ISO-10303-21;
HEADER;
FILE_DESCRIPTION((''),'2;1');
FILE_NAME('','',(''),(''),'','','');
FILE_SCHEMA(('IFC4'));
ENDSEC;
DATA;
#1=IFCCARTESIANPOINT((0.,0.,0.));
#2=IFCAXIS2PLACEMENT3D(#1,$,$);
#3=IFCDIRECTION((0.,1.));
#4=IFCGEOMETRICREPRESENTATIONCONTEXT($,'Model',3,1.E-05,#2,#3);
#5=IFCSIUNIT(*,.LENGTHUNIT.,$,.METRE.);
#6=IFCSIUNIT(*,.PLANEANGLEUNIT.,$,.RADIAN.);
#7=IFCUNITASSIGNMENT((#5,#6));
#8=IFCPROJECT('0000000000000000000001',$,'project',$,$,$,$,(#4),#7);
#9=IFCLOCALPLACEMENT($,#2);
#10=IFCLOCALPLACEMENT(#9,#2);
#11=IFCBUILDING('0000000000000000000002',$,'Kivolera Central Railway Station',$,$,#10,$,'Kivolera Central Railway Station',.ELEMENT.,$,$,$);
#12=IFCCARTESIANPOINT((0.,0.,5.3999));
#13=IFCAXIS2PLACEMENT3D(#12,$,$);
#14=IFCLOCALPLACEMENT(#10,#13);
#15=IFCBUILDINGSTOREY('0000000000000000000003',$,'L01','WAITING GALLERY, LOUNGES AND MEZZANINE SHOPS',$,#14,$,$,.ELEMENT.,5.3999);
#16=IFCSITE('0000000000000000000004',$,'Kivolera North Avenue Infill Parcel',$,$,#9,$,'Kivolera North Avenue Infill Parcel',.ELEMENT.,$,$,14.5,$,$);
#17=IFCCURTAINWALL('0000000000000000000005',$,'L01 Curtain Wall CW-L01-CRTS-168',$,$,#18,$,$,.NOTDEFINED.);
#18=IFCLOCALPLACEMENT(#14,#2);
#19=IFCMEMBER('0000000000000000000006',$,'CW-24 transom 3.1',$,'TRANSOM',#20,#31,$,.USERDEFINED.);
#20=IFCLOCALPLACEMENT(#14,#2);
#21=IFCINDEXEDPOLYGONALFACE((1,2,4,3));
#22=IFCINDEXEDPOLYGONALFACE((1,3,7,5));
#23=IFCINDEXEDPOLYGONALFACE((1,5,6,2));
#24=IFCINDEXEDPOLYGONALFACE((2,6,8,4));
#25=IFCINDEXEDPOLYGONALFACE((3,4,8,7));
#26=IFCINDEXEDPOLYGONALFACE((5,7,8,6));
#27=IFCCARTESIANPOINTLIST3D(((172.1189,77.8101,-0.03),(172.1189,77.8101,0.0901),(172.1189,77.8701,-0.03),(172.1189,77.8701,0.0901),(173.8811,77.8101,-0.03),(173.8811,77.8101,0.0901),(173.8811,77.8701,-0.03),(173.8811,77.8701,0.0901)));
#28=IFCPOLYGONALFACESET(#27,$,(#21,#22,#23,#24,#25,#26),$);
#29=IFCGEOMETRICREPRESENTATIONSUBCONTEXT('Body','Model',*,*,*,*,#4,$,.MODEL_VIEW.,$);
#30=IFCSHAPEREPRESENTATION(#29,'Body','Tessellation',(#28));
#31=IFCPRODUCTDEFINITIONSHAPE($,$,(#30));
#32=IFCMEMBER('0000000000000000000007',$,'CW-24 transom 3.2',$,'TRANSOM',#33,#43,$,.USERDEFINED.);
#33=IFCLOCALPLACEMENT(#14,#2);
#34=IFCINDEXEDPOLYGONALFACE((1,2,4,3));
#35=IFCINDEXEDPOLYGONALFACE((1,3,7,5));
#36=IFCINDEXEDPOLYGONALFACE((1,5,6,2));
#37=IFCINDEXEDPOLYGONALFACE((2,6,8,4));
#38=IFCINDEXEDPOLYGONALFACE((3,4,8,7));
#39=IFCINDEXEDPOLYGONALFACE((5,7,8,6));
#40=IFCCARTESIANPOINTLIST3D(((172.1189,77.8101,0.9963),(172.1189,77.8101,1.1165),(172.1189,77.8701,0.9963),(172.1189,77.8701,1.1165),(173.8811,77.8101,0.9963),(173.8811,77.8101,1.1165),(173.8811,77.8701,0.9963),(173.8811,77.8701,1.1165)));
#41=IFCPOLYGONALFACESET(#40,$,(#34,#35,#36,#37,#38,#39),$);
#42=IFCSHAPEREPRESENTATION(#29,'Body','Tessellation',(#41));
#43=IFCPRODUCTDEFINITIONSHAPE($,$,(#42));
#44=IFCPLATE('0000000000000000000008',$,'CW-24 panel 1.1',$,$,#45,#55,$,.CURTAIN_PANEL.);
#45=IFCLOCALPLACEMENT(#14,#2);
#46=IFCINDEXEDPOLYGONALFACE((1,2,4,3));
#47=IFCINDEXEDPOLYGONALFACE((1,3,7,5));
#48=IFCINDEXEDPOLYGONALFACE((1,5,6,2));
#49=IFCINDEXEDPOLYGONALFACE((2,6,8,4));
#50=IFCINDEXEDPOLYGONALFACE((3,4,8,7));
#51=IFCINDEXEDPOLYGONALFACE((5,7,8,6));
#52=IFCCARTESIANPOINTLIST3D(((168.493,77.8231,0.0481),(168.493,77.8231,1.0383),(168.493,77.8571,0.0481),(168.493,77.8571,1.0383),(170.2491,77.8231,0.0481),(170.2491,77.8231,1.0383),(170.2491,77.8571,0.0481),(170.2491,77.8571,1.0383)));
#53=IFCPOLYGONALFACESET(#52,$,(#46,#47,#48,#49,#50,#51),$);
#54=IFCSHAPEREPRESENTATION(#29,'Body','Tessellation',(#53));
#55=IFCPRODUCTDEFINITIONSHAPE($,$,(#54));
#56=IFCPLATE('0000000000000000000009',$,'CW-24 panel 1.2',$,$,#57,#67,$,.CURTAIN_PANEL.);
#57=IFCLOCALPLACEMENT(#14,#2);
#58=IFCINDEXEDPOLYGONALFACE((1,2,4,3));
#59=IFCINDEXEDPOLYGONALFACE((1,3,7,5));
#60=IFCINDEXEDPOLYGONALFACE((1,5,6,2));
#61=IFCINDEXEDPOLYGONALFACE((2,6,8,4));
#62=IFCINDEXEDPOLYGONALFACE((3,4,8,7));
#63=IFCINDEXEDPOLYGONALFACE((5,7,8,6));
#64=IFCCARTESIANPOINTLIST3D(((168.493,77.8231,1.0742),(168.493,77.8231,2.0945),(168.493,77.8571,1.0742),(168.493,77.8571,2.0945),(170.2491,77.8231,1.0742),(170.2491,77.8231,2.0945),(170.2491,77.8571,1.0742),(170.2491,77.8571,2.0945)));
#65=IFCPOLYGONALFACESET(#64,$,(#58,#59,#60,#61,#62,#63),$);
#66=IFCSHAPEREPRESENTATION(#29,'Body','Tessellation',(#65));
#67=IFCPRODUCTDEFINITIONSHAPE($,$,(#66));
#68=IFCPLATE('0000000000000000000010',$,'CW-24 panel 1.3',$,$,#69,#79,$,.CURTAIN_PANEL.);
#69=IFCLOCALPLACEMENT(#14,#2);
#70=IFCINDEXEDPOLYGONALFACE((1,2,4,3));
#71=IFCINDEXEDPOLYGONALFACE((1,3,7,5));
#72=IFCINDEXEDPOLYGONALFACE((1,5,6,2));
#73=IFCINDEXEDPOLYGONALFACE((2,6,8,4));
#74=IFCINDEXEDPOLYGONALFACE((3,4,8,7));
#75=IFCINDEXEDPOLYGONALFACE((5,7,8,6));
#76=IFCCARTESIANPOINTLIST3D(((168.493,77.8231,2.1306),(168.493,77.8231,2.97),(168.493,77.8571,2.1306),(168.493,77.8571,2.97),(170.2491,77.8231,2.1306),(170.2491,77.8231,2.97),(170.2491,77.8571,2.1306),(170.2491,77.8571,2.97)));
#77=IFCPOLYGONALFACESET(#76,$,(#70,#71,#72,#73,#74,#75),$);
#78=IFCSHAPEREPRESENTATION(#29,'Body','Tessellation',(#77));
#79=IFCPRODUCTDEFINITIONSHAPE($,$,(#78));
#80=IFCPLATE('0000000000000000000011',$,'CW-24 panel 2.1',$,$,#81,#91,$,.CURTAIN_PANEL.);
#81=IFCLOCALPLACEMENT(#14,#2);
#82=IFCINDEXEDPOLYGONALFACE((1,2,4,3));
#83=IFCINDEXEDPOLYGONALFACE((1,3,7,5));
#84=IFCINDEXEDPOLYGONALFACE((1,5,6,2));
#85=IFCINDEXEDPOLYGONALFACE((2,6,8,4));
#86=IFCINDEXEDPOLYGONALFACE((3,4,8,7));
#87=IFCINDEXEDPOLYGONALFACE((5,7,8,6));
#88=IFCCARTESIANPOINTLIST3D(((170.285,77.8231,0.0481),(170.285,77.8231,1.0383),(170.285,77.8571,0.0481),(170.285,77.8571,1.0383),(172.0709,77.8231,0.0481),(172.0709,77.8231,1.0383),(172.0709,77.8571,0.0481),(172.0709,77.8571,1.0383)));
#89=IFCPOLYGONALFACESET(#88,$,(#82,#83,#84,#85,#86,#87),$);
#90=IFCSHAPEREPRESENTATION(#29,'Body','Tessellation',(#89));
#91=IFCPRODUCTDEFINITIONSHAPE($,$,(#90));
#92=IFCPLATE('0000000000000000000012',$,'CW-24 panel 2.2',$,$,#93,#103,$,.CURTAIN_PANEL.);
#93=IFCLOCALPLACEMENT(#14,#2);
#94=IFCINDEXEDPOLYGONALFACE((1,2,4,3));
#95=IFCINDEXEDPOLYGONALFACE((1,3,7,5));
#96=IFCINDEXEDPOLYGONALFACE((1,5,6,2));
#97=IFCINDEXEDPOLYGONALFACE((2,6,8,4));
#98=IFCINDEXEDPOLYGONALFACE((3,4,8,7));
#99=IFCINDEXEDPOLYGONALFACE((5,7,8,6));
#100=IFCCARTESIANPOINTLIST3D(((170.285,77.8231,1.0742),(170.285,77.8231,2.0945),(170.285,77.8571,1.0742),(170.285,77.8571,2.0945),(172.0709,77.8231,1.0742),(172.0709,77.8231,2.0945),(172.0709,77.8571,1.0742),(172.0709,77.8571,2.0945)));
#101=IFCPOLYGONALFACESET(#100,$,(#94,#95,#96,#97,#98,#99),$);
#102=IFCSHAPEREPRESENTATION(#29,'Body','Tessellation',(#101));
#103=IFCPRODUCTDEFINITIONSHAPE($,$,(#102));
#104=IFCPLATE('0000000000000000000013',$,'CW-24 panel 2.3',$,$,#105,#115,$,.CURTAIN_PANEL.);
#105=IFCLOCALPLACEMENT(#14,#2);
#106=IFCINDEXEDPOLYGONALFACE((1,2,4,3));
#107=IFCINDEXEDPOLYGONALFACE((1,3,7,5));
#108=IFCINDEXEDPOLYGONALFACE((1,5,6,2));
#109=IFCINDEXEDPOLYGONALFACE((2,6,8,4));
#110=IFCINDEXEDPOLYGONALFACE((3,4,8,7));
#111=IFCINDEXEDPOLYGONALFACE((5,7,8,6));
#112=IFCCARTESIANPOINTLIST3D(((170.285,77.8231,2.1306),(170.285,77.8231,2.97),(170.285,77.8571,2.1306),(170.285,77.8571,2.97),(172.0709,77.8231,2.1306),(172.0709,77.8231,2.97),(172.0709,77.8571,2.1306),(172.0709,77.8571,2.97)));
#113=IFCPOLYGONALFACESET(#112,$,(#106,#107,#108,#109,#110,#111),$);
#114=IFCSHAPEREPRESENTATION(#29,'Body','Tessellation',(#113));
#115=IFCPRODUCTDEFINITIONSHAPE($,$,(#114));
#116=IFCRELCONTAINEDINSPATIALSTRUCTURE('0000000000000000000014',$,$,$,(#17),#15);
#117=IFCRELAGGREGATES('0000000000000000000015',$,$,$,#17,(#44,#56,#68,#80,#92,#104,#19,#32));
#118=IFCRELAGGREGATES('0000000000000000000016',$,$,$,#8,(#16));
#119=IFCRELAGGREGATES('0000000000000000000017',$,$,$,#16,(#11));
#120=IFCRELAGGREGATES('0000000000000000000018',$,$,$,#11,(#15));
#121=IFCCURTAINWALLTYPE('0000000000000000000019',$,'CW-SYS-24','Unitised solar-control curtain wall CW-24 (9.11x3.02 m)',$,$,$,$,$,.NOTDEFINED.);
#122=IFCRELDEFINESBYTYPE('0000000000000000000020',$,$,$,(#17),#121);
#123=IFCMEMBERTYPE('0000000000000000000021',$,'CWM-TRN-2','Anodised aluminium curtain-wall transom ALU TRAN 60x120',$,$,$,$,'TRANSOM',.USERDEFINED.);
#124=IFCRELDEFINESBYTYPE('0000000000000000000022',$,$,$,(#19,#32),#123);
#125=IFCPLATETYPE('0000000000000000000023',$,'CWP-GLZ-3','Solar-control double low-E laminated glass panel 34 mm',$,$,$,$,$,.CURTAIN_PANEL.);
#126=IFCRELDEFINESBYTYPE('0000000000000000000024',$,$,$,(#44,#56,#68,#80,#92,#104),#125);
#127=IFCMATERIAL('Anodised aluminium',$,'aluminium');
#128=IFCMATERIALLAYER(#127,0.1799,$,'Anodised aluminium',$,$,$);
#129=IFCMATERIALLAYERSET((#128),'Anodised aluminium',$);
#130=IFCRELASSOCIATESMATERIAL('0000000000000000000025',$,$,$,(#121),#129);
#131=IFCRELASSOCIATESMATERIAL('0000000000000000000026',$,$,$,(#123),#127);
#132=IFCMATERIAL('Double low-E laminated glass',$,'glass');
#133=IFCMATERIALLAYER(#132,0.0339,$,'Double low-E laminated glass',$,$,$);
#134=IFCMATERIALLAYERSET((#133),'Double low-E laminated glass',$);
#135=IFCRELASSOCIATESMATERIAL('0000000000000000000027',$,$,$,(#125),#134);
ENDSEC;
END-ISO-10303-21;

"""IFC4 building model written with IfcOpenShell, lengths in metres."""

from ifc_helpers import new_model, si_unit, direction, frame, origin, origin_2d, place, context, subcontext, project, spatial, rectangle, extrude, material, layer, layer_set, material_profile, profile_set, type_object, element, aggregate, save


model = new_model("IFC4")

# Units and contexts
model_context = context("Model", 3, precision=1e-05, world=origin(), true_north=direction((0.0, 1.0)))
body_context = subcontext(model_context, "Body", "Model", "MODEL_VIEW")
ifc_project = project(units=[si_unit("LENGTHUNIT", "METRE"), si_unit("PLANEANGLEUNIT", "RADIAN")], contexts=[model_context])

# Site, building, storey
site_placement = place(None, origin())
site = spatial("IfcSite", under=ifc_project, at=site_placement, Name="Kivolera North Avenue Infill Parcel", LongName="Kivolera North Avenue Infill Parcel", CompositionType="ELEMENT", RefElevation=14.5)
building_placement = place(site_placement, origin())
building = spatial("IfcBuilding", under=site, at=building_placement, Name="Kivolera Central Railway Station", LongName="Kivolera Central Railway Station", CompositionType="ELEMENT")
storey_placement = place(building_placement, frame((0.0, 0.0, 5.3999)))
storey = spatial("IfcBuildingStorey", under=building, at=storey_placement, Name="L01", Description="WAITING GALLERY, LOUNGES AND MEZZANINE SHOPS", CompositionType="ELEMENT", Elevation=5.3999)

# Shared definitions
ifc_material_1 = material(Name="Anodised aluminium", Category="aluminium")
ifc_layer_1 = layer(ifc_material_1, 0.1799, Name="Anodised aluminium")
ifc_layer_set_1 = layer_set([ifc_layer_1], Name="Anodised aluminium")
curtain_wall_type = type_object("IfcCurtainWallType", Name="CW-SYS-24", Description="Unitised solar-control curtain wall CW-24 (9.11x3.02 m)", PredefinedType="NOTDEFINED", material=ifc_layer_set_1)

# Curtain wall, members, plates
curtain_wall_1_placement = place(storey_placement, origin())
curtain_wall_1 = element("IfcCurtainWall", 1, at=curtain_wall_1_placement, inside=storey, type_object=curtain_wall_type, Name="L01 Curtain Wall CW-L01-CRTS-168", PredefinedType="NOTDEFINED")
ifc_material_profile_1 = material_profile(ifc_material_1, rectangle(XDim=0.0601, YDim=0.1201, at=origin_2d()), Name="ALU TRAN 60x120")
ifc_profile_set_1 = profile_set([ifc_material_profile_1], Name="Anodised aluminium")
member_type_1 = type_object("IfcMemberType", Name="CWM-TRN-2", Description="Anodised aluminium curtain-wall transom ALU TRAN 60x120", ElementType="TRANSOM", PredefinedType="USERDEFINED", material=ifc_profile_set_1)
member_1_placement = place(storey_placement, frame((172.1189, 77.8401, 0.03), z_axis=(1.0, 0.0, 0.0), x_axis=(0.0, 1.0, 0.0)))
member_1 = element("IfcMember", 2, at=member_1_placement, type_object=member_type_1, Name="CW-24 transom 3.1", ObjectType="TRANSOM", PredefinedType="USERDEFINED", context=body_context, shape_type="SweptSolid", body=[
    extrude(rectangle(XDim=0.0601, YDim=0.1201, at=origin_2d()), origin(), (0.0, 0.0, 1.0), 1.7622),
])
member_2_placement = place(storey_placement, frame((172.1189, 77.8401, 1.0564), z_axis=(1.0, 0.0, 0.0), x_axis=(0.0, 1.0, 0.0)))
member_2 = element("IfcMember", 3, at=member_2_placement, type_object=member_type_1, Name="CW-24 transom 3.2", ObjectType="TRANSOM", PredefinedType="USERDEFINED", context=body_context, shape_type="SweptSolid", body=[
    extrude(rectangle(XDim=0.0601, YDim=0.1201, at=origin_2d()), origin(), (0.0, 0.0, 1.0), 1.7622),
])
ifc_material_2 = material(Name="Double low-E laminated glass", Category="glass")
ifc_layer_2 = layer(ifc_material_2, 0.0339, Name="Double low-E laminated glass")
ifc_layer_set_2 = layer_set([ifc_layer_2], Name="Double low-E laminated glass")
plate_type = type_object("IfcPlateType", Name="CWP-GLZ-3", Description="Solar-control double low-E laminated glass panel 34 mm", PredefinedType="CURTAIN_PANEL", material=ifc_layer_set_2)
plate_1_placement = place(storey_placement, frame((169.3711, 77.8401, 0.0481), z_axis=(0.0, 0.0, 1.0), x_axis=(1.0, 0.0, 0.0)))
plate_1 = element("IfcPlate", 4, at=plate_1_placement, type_object=plate_type, Name="CW-24 panel 1.1", PredefinedType="CURTAIN_PANEL", context=body_context, shape_type="SweptSolid", body=[
    extrude(rectangle(XDim=1.7561, YDim=0.0339, at=origin_2d()), origin(), (0.0, 0.0, 1.0), 0.9902),
])
plate_2_placement = place(storey_placement, frame((169.3711, 77.8401, 1.0742), z_axis=(0.0, 0.0, 1.0), x_axis=(1.0, 0.0, 0.0)))
plate_2 = element("IfcPlate", 5, at=plate_2_placement, type_object=plate_type, Name="CW-24 panel 1.2", PredefinedType="CURTAIN_PANEL", context=body_context, shape_type="SweptSolid", body=[
    extrude(rectangle(XDim=1.7561, YDim=0.0339, at=origin_2d()), origin(), (0.0, 0.0, 1.0), 1.0203),
])
plate_3_placement = place(storey_placement, frame((169.3711, 77.8401, 2.1306), z_axis=(0.0, 0.0, 1.0), x_axis=(1.0, 0.0, 0.0)))
plate_3 = element("IfcPlate", 6, at=plate_3_placement, type_object=plate_type, Name="CW-24 panel 1.3", PredefinedType="CURTAIN_PANEL", context=body_context, shape_type="SweptSolid", body=[
    extrude(rectangle(XDim=1.7561, YDim=0.0339, at=origin_2d()), origin(), (0.0, 0.0, 1.0), 0.8394),
])
plate_4_placement = place(storey_placement, frame((171.178, 77.8401, 0.0481), z_axis=(0.0, 0.0, 1.0), x_axis=(1.0, 0.0, 0.0)))
plate_4 = element("IfcPlate", 7, at=plate_4_placement, type_object=plate_type, Name="CW-24 panel 2.1", PredefinedType="CURTAIN_PANEL", context=body_context, shape_type="SweptSolid", body=[
    extrude(rectangle(XDim=1.7859, YDim=0.0339, at=origin_2d()), origin(), (0.0, 0.0, 1.0), 0.9902),
])
plate_5_placement = place(storey_placement, frame((171.178, 77.8401, 1.0742), z_axis=(0.0, 0.0, 1.0), x_axis=(1.0, 0.0, 0.0)))
plate_5 = element("IfcPlate", 8, at=plate_5_placement, type_object=plate_type, Name="CW-24 panel 2.2", PredefinedType="CURTAIN_PANEL", context=body_context, shape_type="SweptSolid", body=[
    extrude(rectangle(XDim=1.7859, YDim=0.0339, at=origin_2d()), origin(), (0.0, 0.0, 1.0), 1.0203),
])
plate_6_placement = place(storey_placement, frame((171.178, 77.8401, 2.1306), z_axis=(0.0, 0.0, 1.0), x_axis=(1.0, 0.0, 0.0)))
plate_6 = element("IfcPlate", 9, at=plate_6_placement, type_object=plate_type, Name="CW-24 panel 2.3", PredefinedType="CURTAIN_PANEL", context=body_context, shape_type="SweptSolid", body=[
    extrude(rectangle(XDim=1.7859, YDim=0.0339, at=origin_2d()), origin(), (0.0, 0.0, 1.0), 0.8394),
])
aggregate(curtain_wall_1, [plate_1, plate_2, plate_3, plate_4, plate_5, plate_6, member_1, member_2])

save(model, "model.ifc")
